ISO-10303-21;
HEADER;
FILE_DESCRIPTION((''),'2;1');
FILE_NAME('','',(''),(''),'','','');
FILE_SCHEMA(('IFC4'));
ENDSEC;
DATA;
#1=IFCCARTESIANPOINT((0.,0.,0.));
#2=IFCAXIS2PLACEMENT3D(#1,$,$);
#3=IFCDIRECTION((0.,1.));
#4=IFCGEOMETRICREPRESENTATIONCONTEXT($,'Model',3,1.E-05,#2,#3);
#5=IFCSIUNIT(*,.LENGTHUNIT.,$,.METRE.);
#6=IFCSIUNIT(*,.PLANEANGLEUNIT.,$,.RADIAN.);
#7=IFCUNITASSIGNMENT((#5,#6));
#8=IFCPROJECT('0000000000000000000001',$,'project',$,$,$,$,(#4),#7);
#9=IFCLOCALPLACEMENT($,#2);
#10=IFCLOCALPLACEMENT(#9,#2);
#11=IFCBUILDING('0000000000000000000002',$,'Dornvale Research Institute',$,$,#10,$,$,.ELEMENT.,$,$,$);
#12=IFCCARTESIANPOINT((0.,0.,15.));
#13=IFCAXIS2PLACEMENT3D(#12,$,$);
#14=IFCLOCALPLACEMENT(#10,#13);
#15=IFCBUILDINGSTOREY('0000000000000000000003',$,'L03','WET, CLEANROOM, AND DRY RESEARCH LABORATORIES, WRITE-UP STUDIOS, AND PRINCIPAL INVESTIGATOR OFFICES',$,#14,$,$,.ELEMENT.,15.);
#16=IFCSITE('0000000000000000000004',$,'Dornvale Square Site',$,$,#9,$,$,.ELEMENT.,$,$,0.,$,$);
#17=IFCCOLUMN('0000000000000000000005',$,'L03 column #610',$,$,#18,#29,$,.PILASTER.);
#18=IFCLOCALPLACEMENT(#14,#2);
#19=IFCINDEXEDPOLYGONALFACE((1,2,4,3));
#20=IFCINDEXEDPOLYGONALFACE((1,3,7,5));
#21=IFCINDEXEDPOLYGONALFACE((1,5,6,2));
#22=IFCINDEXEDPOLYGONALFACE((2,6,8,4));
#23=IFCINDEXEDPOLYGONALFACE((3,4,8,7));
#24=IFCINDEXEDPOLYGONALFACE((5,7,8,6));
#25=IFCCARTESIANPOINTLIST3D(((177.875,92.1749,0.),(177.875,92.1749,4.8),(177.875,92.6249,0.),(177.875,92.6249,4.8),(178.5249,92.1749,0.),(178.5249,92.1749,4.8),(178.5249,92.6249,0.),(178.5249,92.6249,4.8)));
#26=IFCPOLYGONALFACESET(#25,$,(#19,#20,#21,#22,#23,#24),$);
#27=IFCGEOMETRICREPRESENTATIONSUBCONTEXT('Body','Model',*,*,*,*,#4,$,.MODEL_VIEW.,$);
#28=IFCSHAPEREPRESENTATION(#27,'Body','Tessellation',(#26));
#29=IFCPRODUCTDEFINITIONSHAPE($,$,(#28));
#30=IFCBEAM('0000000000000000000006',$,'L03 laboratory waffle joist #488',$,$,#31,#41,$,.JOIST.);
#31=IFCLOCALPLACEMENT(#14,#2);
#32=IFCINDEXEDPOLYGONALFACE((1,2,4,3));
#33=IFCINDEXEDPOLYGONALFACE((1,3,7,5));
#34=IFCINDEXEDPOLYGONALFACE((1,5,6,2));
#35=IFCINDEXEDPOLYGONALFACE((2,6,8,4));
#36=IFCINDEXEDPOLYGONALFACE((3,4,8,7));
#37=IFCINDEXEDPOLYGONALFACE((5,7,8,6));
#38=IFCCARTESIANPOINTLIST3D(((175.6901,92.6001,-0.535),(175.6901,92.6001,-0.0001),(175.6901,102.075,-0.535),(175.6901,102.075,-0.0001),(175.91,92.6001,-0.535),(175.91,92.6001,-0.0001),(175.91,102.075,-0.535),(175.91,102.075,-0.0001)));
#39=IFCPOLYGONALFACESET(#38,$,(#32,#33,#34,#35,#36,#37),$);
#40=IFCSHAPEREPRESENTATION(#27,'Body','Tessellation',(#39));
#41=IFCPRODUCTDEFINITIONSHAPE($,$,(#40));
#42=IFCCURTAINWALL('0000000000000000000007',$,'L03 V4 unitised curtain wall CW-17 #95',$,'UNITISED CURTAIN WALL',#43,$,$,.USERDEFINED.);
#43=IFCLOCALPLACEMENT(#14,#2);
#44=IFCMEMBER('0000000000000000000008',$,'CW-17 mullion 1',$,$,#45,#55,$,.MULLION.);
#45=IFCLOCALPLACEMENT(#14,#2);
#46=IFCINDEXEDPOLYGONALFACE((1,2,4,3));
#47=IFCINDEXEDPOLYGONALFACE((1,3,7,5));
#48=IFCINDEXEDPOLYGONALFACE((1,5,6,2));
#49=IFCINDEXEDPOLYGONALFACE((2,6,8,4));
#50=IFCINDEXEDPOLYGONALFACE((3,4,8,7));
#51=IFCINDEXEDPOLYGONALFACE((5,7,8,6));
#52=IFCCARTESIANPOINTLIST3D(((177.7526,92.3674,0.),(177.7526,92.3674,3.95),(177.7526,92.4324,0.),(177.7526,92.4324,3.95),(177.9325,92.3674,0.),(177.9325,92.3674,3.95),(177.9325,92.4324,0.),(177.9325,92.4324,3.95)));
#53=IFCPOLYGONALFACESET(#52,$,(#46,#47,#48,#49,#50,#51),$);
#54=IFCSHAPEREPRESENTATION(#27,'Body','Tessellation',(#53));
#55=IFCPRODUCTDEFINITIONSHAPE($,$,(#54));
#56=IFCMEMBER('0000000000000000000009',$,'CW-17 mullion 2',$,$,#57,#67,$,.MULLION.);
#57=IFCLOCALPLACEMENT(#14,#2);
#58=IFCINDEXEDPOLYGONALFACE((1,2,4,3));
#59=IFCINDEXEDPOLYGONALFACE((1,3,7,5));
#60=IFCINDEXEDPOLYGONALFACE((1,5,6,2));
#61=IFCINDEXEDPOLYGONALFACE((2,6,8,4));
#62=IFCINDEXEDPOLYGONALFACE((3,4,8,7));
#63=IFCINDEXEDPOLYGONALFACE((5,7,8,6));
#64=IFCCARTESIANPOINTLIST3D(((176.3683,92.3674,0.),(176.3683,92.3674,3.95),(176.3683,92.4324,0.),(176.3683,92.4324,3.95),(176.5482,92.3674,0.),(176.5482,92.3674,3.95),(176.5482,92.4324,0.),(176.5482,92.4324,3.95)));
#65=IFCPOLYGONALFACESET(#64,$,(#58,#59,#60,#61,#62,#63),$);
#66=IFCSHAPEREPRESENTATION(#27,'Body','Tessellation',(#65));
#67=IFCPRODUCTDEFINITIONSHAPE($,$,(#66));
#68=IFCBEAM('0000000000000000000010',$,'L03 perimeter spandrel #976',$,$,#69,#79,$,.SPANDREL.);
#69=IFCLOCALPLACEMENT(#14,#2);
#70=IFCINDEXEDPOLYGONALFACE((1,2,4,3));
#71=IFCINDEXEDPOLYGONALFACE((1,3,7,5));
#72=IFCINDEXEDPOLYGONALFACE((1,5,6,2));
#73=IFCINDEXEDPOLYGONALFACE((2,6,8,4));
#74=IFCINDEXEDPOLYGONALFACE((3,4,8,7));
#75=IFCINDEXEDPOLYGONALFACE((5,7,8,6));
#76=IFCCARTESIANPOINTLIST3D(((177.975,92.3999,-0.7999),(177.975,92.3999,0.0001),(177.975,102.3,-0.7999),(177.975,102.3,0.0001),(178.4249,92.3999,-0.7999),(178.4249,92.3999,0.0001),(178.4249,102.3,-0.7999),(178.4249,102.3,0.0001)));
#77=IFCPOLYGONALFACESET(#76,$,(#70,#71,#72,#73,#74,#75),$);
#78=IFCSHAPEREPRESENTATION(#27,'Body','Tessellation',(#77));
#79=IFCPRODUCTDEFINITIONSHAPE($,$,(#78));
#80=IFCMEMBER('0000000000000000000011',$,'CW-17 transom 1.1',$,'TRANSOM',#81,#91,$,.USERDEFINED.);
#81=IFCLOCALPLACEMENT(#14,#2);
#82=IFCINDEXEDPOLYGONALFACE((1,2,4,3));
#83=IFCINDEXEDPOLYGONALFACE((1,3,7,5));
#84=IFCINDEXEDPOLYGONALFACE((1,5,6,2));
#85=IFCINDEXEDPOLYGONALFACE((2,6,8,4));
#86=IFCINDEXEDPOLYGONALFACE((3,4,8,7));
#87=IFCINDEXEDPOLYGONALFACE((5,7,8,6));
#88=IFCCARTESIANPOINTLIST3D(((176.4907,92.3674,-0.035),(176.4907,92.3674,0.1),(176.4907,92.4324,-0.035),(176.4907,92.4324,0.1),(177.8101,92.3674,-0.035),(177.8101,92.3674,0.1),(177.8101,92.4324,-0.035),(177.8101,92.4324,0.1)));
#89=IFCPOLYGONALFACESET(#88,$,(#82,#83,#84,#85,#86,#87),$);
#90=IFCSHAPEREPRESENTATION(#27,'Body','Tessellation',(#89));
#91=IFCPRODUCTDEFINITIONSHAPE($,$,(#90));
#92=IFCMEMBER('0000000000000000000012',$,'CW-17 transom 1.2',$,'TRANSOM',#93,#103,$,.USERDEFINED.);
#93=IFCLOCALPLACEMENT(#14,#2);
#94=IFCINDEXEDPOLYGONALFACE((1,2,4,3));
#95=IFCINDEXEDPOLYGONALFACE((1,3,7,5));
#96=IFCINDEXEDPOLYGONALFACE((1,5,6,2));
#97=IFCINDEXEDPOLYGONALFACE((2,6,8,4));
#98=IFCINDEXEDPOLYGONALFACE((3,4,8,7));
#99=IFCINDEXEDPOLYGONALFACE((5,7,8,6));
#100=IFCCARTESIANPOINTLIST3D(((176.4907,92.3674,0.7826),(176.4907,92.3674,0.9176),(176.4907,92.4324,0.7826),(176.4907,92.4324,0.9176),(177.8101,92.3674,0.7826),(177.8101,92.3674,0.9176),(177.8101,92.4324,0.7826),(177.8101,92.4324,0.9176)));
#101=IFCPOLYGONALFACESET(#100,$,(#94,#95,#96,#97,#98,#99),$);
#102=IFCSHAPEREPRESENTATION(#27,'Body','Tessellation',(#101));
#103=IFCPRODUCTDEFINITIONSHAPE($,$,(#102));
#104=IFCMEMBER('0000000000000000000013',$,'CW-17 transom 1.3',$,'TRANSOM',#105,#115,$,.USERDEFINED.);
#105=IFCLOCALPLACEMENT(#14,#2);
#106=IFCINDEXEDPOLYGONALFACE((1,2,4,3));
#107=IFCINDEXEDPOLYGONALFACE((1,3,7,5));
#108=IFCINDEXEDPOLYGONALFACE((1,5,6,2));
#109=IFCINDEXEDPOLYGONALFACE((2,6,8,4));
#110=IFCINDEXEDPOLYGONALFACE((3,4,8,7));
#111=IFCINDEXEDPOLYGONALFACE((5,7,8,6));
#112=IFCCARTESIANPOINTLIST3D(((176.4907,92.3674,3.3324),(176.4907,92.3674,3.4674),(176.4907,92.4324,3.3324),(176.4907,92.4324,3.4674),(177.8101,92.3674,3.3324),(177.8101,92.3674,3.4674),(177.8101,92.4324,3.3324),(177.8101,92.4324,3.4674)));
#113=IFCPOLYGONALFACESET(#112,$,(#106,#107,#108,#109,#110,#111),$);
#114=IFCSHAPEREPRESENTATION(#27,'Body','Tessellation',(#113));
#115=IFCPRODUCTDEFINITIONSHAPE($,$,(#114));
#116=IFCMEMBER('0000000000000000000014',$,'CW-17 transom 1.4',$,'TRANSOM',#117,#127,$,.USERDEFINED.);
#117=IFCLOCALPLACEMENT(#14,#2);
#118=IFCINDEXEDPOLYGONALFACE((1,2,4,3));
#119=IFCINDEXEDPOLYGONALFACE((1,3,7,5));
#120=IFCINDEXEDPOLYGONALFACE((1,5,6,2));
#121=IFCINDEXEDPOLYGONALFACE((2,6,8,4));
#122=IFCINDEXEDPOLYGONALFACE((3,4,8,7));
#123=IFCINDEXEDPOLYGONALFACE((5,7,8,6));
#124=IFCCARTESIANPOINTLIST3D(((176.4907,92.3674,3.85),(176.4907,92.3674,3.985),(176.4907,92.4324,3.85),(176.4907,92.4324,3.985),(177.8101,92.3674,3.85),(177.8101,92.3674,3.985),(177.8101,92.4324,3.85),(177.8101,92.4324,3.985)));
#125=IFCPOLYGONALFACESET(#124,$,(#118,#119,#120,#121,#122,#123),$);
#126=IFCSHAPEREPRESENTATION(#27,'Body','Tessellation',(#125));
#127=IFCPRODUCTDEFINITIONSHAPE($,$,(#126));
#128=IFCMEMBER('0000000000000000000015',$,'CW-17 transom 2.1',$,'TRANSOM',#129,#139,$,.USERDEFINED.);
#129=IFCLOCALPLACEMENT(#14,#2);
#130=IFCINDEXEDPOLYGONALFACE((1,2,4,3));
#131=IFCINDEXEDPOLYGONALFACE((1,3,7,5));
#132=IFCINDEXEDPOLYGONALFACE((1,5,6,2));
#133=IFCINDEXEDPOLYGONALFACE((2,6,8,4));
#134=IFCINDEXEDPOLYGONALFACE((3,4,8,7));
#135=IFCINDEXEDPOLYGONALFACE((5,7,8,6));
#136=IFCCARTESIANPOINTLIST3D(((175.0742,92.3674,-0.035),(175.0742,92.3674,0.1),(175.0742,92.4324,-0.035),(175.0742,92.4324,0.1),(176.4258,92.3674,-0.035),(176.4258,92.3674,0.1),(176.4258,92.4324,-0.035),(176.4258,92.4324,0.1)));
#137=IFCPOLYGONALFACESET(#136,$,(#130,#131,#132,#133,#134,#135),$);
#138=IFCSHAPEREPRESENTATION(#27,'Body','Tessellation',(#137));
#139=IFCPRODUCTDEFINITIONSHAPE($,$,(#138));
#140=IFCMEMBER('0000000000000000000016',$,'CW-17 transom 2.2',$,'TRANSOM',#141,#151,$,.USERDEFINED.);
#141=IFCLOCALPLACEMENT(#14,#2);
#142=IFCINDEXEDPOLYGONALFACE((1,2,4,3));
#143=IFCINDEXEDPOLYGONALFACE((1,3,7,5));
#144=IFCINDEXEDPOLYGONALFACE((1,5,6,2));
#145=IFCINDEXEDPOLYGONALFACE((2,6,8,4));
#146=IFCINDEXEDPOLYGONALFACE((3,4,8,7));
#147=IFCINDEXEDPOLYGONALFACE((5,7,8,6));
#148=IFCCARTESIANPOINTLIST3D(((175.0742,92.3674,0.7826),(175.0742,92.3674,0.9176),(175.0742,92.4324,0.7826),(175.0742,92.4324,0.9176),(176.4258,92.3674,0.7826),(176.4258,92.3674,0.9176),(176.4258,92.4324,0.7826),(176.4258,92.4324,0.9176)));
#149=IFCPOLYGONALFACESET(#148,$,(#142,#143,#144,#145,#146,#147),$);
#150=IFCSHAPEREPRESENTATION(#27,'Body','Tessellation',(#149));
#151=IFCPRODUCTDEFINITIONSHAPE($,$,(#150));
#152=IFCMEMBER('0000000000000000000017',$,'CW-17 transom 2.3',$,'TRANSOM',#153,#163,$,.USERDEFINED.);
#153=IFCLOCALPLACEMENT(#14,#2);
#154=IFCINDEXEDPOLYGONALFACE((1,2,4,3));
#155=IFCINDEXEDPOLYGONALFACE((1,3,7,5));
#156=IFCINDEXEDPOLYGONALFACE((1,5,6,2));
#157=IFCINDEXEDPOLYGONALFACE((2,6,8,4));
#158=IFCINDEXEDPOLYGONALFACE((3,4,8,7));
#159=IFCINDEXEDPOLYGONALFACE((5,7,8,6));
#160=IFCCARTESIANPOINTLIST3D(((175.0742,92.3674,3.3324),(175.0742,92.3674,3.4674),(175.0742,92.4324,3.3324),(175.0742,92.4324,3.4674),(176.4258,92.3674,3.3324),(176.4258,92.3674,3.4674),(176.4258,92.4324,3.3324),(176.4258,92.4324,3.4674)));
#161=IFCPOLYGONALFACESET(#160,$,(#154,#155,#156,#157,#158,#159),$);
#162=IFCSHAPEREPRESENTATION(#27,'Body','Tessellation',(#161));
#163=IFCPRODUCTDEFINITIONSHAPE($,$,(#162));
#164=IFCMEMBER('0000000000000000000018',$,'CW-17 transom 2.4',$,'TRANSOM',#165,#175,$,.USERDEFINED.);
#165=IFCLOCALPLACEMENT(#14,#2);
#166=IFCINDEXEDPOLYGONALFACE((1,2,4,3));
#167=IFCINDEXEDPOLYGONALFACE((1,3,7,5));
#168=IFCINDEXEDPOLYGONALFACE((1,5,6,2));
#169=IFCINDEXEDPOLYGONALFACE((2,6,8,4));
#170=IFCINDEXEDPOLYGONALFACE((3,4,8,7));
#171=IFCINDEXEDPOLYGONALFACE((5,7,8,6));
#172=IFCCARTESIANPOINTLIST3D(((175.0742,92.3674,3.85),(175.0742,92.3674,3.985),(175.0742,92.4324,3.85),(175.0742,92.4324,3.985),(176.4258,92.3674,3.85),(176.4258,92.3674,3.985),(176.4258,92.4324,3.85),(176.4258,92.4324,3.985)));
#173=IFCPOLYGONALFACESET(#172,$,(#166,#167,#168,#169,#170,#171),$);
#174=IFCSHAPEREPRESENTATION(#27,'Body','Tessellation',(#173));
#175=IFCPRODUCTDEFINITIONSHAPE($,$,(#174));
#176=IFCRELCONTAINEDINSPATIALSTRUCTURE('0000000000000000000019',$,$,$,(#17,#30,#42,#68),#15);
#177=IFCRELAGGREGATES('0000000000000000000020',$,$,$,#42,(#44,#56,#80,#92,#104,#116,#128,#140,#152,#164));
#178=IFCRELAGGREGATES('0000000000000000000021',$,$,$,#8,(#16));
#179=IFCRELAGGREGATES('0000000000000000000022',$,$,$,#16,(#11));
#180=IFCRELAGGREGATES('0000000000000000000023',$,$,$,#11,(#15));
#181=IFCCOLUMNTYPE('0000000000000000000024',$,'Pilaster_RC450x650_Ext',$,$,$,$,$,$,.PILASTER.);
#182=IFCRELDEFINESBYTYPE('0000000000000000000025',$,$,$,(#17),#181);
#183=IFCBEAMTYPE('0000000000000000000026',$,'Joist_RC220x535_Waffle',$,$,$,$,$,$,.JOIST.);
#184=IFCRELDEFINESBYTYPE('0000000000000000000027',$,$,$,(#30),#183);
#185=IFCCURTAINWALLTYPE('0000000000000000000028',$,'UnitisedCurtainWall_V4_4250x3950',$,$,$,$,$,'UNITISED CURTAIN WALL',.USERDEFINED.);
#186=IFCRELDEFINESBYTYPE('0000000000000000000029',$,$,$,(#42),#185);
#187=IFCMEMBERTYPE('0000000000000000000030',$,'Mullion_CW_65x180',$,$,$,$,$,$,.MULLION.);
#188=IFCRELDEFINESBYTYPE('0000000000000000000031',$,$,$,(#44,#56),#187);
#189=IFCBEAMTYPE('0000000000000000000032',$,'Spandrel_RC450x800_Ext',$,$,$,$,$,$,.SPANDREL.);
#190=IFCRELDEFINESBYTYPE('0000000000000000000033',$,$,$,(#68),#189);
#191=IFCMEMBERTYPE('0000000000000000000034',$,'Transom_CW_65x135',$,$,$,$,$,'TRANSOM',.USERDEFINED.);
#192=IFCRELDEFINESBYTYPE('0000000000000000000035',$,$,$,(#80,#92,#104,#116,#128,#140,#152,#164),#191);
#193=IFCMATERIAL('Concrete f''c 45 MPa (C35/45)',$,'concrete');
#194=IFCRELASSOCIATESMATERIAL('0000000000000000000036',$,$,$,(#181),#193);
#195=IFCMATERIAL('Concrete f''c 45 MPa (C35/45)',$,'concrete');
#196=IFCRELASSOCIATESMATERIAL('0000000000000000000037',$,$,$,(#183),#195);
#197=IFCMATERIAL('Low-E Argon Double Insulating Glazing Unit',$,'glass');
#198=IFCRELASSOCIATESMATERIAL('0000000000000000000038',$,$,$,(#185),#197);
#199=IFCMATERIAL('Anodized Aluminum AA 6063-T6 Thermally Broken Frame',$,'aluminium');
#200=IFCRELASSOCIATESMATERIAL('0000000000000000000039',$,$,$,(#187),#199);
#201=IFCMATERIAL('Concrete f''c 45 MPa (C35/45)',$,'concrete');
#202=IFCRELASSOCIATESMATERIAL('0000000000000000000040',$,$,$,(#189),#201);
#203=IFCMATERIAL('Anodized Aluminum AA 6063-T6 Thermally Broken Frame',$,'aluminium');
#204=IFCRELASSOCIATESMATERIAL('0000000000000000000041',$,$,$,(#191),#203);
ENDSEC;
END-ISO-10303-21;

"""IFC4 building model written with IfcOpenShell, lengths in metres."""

from ifc_helpers import new_model, si_unit, direction, frame, origin, origin_2d, place, context, subcontext, project, spatial, rectangle, extrude, material, material_profile, profile_set, type_object, element, aggregate, save


model = new_model("IFC4")

# Units and contexts
model_context = context("Model", 3, precision=1e-05, world=origin(), true_north=direction((0.0, 1.0)))
body_context = subcontext(model_context, "Body", "Model", "MODEL_VIEW")
ifc_project = project(units=[si_unit("LENGTHUNIT", "METRE"), si_unit("PLANEANGLEUNIT", "RADIAN")], contexts=[model_context])

# Site, building, storey
site_placement = place(None, origin())
site = spatial("IfcSite", under=ifc_project, at=site_placement, Name="Dornvale Square Site", CompositionType="ELEMENT", RefElevation=0.0)
building_placement = place(site_placement, origin())
building = spatial("IfcBuilding", under=site, at=building_placement, Name="Dornvale Research Institute", CompositionType="ELEMENT")
storey_placement = place(building_placement, frame((0.0, 0.0, 15.0)))
storey = spatial("IfcBuildingStorey", under=building, at=storey_placement, Name="L03", Description="WET, CLEANROOM, AND DRY RESEARCH LABORATORIES, WRITE-UP STUDIOS, AND PRINCIPAL INVESTIGATOR OFFICES", CompositionType="ELEMENT", Elevation=15.0)

# Column
ifc_material_1 = material(Name="Concrete f'c 45 MPa (C35/45)", Category="concrete")
ifc_material_profile_1 = material_profile(ifc_material_1, rectangle(XDim=0.45, YDim=0.6499, at=origin_2d()), Name="RC 450x650")
ifc_profile_set_1 = profile_set([ifc_material_profile_1], Name="Concrete f'c 45 MPa (C35/45)")
column_type = type_object("IfcColumnType", Name="Pilaster_RC450x650_Ext", PredefinedType="PILASTER", material=ifc_profile_set_1)
column_placement = place(storey_placement, frame((178.2, 92.3999, 0.0), z_axis=(0.0, 0.0, 1.0), x_axis=(0.0, 1.0, 0.0)))
element("IfcColumn", 1, at=column_placement, inside=storey, type_object=column_type, Name="L03 column #610", PredefinedType="PILASTER", context=body_context, shape_type="SweptSolid", body=[
    extrude(rectangle(XDim=0.45, YDim=0.6499, at=origin_2d()), origin(), (0.0, 0.0, 1.0), 4.8),
])

# Beam
ifc_material_2 = material(Name="Concrete f'c 45 MPa (C35/45)", Category="concrete")
ifc_material_profile_2 = material_profile(ifc_material_2, rectangle(XDim=0.22, YDim=0.5349, at=origin_2d()), Name="RC 220x535")
ifc_profile_set_2 = profile_set([ifc_material_profile_2], Name="Concrete f'c 45 MPa (C35/45)")
beam_type_1 = type_object("IfcBeamType", Name="Joist_RC220x535_Waffle", PredefinedType="JOIST", material=ifc_profile_set_2)
beam_1_placement = place(storey_placement, frame((175.8, 92.6001, -0.2676), z_axis=(0.0, 1.0, 0.0), x_axis=(-1.0, 0.0, 0.0)))
element("IfcBeam", 2, at=beam_1_placement, inside=storey, type_object=beam_type_1, Name="L03 laboratory waffle joist #488", PredefinedType="JOIST", context=body_context, shape_type="SweptSolid", body=[
    extrude(rectangle(XDim=0.22, YDim=0.5349, at=origin_2d()), origin(), (0.0, 0.0, 1.0), 9.4749),
])

# Curtain wall, members
ifc_material_3 = material(Name="Low-E Argon Double Insulating Glazing Unit", Category="glass")
curtain_wall_type = type_object("IfcCurtainWallType", Name="UnitisedCurtainWall_V4_4250x3950", ElementType="UNITISED CURTAIN WALL", PredefinedType="USERDEFINED", material=ifc_material_3)
curtain_wall_placement = place(storey_placement, origin())
curtain_wall = element("IfcCurtainWall", 3, at=curtain_wall_placement, inside=storey, type_object=curtain_wall_type, Name="L03 V4 unitised curtain wall CW-17 #95", ObjectType="UNITISED CURTAIN WALL", PredefinedType="USERDEFINED")
ifc_material_4 = material(Name="Anodized Aluminum AA 6063-T6 Thermally Broken Frame", Category="aluminium")
ifc_material_profile_3 = material_profile(ifc_material_4, rectangle(XDim=0.0649, YDim=0.1799, at=origin_2d()), Name="ALU MULLION 65x180")
ifc_profile_set_3 = profile_set([ifc_material_profile_3], Name="Anodized Aluminum AA 6063-T6 Thermally Broken Frame")
member_type_1 = type_object("IfcMemberType", Name="Mullion_CW_65x180", PredefinedType="MULLION", material=ifc_profile_set_3)
member_1_placement = place(storey_placement, frame((177.8425, 92.3999, 0.0), z_axis=(0.0, 0.0, 1.0), x_axis=(0.0, -1.0, 0.0)))
member_1 = element("IfcMember", 4, at=member_1_placement, type_object=member_type_1, Name="CW-17 mullion 1", PredefinedType="MULLION", context=body_context, shape_type="SweptSolid", body=[
    extrude(rectangle(XDim=0.0649, YDim=0.1799, at=origin_2d()), origin(), (0.0, 0.0, 1.0), 3.95),
])
member_2_placement = place(storey_placement, frame((176.4583, 92.3999, 0.0), z_axis=(0.0, 0.0, 1.0), x_axis=(0.0, -1.0, 0.0)))
member_2 = element("IfcMember", 5, at=member_2_placement, type_object=member_type_1, Name="CW-17 mullion 2", PredefinedType="MULLION", context=body_context, shape_type="SweptSolid", body=[
    extrude(rectangle(XDim=0.0649, YDim=0.1799, at=origin_2d()), origin(), (0.0, 0.0, 1.0), 3.95),
])

# Beam
ifc_material_5 = material(Name="Concrete f'c 45 MPa (C35/45)", Category="concrete")
ifc_material_profile_4 = material_profile(ifc_material_5, rectangle(XDim=0.45, YDim=0.8, at=origin_2d()), Name="RC 450x800")
ifc_profile_set_4 = profile_set([ifc_material_profile_4], Name="Concrete f'c 45 MPa (C35/45)")
beam_type_2 = type_object("IfcBeamType", Name="Spandrel_RC450x800_Ext", PredefinedType="SPANDREL", material=ifc_profile_set_4)
beam_2_placement = place(storey_placement, frame((178.2, 92.3999, -0.3999), z_axis=(0.0, 1.0, 0.0), x_axis=(-1.0, 0.0, 0.0)))
element("IfcBeam", 6, at=beam_2_placement, inside=storey, type_object=beam_type_2, Name="L03 perimeter spandrel #976", PredefinedType="SPANDREL", context=body_context, shape_type="SweptSolid", body=[
    extrude(rectangle(XDim=0.45, YDim=0.8, at=origin_2d()), origin(), (0.0, 0.0, 1.0), 9.9001),
])

# Members
ifc_material_6 = material(Name="Anodized Aluminum AA 6063-T6 Thermally Broken Frame", Category="aluminium")
ifc_material_profile_5 = material_profile(ifc_material_6, rectangle(XDim=0.0649, YDim=0.135, at=origin_2d()), Name="ALU TRANSOM 65x135")
ifc_profile_set_5 = profile_set([ifc_material_profile_5], Name="Anodized Aluminum AA 6063-T6 Thermally Broken Frame")
member_type_2 = type_object("IfcMemberType", Name="Transom_CW_65x135", ElementType="TRANSOM", PredefinedType="USERDEFINED", material=ifc_profile_set_5)
member_3_placement = place(storey_placement, frame((177.8101, 92.3999, 0.0325), z_axis=(-1.0, 0.0, 0.0), x_axis=(0.0, -1.0, 0.0)))
member_3 = element("IfcMember", 7, at=member_3_placement, type_object=member_type_2, Name="CW-17 transom 1.1", ObjectType="TRANSOM", PredefinedType="USERDEFINED", context=body_context, shape_type="SweptSolid", body=[
    extrude(rectangle(XDim=0.0649, YDim=0.135, at=origin_2d()), origin(), (0.0, 0.0, 1.0), 1.3193),
])
member_4_placement = place(storey_placement, frame((177.8101, 92.3999, 0.8501), z_axis=(-1.0, 0.0, 0.0), x_axis=(0.0, -1.0, 0.0)))
member_4 = element("IfcMember", 8, at=member_4_placement, type_object=member_type_2, Name="CW-17 transom 1.2", ObjectType="TRANSOM", PredefinedType="USERDEFINED", context=body_context, shape_type="SweptSolid", body=[
    extrude(rectangle(XDim=0.0649, YDim=0.135, at=origin_2d()), origin(), (0.0, 0.0, 1.0), 1.3193),
])
member_5_placement = place(storey_placement, frame((177.8101, 92.3999, 3.3999), z_axis=(-1.0, 0.0, 0.0), x_axis=(0.0, -1.0, 0.0)))
member_5 = element("IfcMember", 9, at=member_5_placement, type_object=member_type_2, Name="CW-17 transom 1.3", ObjectType="TRANSOM", PredefinedType="USERDEFINED", context=body_context, shape_type="SweptSolid", body=[
    extrude(rectangle(XDim=0.0649, YDim=0.135, at=origin_2d()), origin(), (0.0, 0.0, 1.0), 1.3193),
])
member_6_placement = place(storey_placement, frame((177.8101, 92.3999, 3.9175), z_axis=(-1.0, 0.0, 0.0), x_axis=(0.0, -1.0, 0.0)))
member_6 = element("IfcMember", 10, at=member_6_placement, type_object=member_type_2, Name="CW-17 transom 1.4", ObjectType="TRANSOM", PredefinedType="USERDEFINED", context=body_context, shape_type="SweptSolid", body=[
    extrude(rectangle(XDim=0.0649, YDim=0.135, at=origin_2d()), origin(), (0.0, 0.0, 1.0), 1.3193),
])
member_7_placement = place(storey_placement, frame((176.4258, 92.3999, 0.0325), z_axis=(-1.0, 0.0, 0.0), x_axis=(0.0, -1.0, 0.0)))
member_7 = element("IfcMember", 11, at=member_7_placement, type_object=member_type_2, Name="CW-17 transom 2.1", ObjectType="TRANSOM", PredefinedType="USERDEFINED", context=body_context, shape_type="SweptSolid", body=[
    extrude(rectangle(XDim=0.0649, YDim=0.135, at=origin_2d()), origin(), (0.0, 0.0, 1.0), 1.3516),
])
member_8_placement = place(storey_placement, frame((176.4258, 92.3999, 0.8501), z_axis=(-1.0, 0.0, 0.0), x_axis=(0.0, -1.0, 0.0)))
member_8 = element("IfcMember", 12, at=member_8_placement, type_object=member_type_2, Name="CW-17 transom 2.2", ObjectType="TRANSOM", PredefinedType="USERDEFINED", context=body_context, shape_type="SweptSolid", body=[
    extrude(rectangle(XDim=0.0649, YDim=0.135, at=origin_2d()), origin(), (0.0, 0.0, 1.0), 1.3516),
])
member_9_placement = place(storey_placement, frame((176.4258, 92.3999, 3.3999), z_axis=(-1.0, 0.0, 0.0), x_axis=(0.0, -1.0, 0.0)))
member_9 = element("IfcMember", 13, at=member_9_placement, type_object=member_type_2, Name="CW-17 transom 2.3", ObjectType="TRANSOM", PredefinedType="USERDEFINED", context=body_context, shape_type="SweptSolid", body=[
    extrude(rectangle(XDim=0.0649, YDim=0.135, at=origin_2d()), origin(), (0.0, 0.0, 1.0), 1.3516),
])
member_10_placement = place(storey_placement, frame((176.4258, 92.3999, 3.9175), z_axis=(-1.0, 0.0, 0.0), x_axis=(0.0, -1.0, 0.0)))
member_10 = element("IfcMember", 14, at=member_10_placement, type_object=member_type_2, Name="CW-17 transom 2.4", ObjectType="TRANSOM", PredefinedType="USERDEFINED", context=body_context, shape_type="SweptSolid", body=[
    extrude(rectangle(XDim=0.0649, YDim=0.135, at=origin_2d()), origin(), (0.0, 0.0, 1.0), 1.3516),
])

aggregate(curtain_wall, [member_1, member_2, member_3, member_4, member_5, member_6, member_7, member_8, member_9, member_10])

save(model, "model.ifc")
